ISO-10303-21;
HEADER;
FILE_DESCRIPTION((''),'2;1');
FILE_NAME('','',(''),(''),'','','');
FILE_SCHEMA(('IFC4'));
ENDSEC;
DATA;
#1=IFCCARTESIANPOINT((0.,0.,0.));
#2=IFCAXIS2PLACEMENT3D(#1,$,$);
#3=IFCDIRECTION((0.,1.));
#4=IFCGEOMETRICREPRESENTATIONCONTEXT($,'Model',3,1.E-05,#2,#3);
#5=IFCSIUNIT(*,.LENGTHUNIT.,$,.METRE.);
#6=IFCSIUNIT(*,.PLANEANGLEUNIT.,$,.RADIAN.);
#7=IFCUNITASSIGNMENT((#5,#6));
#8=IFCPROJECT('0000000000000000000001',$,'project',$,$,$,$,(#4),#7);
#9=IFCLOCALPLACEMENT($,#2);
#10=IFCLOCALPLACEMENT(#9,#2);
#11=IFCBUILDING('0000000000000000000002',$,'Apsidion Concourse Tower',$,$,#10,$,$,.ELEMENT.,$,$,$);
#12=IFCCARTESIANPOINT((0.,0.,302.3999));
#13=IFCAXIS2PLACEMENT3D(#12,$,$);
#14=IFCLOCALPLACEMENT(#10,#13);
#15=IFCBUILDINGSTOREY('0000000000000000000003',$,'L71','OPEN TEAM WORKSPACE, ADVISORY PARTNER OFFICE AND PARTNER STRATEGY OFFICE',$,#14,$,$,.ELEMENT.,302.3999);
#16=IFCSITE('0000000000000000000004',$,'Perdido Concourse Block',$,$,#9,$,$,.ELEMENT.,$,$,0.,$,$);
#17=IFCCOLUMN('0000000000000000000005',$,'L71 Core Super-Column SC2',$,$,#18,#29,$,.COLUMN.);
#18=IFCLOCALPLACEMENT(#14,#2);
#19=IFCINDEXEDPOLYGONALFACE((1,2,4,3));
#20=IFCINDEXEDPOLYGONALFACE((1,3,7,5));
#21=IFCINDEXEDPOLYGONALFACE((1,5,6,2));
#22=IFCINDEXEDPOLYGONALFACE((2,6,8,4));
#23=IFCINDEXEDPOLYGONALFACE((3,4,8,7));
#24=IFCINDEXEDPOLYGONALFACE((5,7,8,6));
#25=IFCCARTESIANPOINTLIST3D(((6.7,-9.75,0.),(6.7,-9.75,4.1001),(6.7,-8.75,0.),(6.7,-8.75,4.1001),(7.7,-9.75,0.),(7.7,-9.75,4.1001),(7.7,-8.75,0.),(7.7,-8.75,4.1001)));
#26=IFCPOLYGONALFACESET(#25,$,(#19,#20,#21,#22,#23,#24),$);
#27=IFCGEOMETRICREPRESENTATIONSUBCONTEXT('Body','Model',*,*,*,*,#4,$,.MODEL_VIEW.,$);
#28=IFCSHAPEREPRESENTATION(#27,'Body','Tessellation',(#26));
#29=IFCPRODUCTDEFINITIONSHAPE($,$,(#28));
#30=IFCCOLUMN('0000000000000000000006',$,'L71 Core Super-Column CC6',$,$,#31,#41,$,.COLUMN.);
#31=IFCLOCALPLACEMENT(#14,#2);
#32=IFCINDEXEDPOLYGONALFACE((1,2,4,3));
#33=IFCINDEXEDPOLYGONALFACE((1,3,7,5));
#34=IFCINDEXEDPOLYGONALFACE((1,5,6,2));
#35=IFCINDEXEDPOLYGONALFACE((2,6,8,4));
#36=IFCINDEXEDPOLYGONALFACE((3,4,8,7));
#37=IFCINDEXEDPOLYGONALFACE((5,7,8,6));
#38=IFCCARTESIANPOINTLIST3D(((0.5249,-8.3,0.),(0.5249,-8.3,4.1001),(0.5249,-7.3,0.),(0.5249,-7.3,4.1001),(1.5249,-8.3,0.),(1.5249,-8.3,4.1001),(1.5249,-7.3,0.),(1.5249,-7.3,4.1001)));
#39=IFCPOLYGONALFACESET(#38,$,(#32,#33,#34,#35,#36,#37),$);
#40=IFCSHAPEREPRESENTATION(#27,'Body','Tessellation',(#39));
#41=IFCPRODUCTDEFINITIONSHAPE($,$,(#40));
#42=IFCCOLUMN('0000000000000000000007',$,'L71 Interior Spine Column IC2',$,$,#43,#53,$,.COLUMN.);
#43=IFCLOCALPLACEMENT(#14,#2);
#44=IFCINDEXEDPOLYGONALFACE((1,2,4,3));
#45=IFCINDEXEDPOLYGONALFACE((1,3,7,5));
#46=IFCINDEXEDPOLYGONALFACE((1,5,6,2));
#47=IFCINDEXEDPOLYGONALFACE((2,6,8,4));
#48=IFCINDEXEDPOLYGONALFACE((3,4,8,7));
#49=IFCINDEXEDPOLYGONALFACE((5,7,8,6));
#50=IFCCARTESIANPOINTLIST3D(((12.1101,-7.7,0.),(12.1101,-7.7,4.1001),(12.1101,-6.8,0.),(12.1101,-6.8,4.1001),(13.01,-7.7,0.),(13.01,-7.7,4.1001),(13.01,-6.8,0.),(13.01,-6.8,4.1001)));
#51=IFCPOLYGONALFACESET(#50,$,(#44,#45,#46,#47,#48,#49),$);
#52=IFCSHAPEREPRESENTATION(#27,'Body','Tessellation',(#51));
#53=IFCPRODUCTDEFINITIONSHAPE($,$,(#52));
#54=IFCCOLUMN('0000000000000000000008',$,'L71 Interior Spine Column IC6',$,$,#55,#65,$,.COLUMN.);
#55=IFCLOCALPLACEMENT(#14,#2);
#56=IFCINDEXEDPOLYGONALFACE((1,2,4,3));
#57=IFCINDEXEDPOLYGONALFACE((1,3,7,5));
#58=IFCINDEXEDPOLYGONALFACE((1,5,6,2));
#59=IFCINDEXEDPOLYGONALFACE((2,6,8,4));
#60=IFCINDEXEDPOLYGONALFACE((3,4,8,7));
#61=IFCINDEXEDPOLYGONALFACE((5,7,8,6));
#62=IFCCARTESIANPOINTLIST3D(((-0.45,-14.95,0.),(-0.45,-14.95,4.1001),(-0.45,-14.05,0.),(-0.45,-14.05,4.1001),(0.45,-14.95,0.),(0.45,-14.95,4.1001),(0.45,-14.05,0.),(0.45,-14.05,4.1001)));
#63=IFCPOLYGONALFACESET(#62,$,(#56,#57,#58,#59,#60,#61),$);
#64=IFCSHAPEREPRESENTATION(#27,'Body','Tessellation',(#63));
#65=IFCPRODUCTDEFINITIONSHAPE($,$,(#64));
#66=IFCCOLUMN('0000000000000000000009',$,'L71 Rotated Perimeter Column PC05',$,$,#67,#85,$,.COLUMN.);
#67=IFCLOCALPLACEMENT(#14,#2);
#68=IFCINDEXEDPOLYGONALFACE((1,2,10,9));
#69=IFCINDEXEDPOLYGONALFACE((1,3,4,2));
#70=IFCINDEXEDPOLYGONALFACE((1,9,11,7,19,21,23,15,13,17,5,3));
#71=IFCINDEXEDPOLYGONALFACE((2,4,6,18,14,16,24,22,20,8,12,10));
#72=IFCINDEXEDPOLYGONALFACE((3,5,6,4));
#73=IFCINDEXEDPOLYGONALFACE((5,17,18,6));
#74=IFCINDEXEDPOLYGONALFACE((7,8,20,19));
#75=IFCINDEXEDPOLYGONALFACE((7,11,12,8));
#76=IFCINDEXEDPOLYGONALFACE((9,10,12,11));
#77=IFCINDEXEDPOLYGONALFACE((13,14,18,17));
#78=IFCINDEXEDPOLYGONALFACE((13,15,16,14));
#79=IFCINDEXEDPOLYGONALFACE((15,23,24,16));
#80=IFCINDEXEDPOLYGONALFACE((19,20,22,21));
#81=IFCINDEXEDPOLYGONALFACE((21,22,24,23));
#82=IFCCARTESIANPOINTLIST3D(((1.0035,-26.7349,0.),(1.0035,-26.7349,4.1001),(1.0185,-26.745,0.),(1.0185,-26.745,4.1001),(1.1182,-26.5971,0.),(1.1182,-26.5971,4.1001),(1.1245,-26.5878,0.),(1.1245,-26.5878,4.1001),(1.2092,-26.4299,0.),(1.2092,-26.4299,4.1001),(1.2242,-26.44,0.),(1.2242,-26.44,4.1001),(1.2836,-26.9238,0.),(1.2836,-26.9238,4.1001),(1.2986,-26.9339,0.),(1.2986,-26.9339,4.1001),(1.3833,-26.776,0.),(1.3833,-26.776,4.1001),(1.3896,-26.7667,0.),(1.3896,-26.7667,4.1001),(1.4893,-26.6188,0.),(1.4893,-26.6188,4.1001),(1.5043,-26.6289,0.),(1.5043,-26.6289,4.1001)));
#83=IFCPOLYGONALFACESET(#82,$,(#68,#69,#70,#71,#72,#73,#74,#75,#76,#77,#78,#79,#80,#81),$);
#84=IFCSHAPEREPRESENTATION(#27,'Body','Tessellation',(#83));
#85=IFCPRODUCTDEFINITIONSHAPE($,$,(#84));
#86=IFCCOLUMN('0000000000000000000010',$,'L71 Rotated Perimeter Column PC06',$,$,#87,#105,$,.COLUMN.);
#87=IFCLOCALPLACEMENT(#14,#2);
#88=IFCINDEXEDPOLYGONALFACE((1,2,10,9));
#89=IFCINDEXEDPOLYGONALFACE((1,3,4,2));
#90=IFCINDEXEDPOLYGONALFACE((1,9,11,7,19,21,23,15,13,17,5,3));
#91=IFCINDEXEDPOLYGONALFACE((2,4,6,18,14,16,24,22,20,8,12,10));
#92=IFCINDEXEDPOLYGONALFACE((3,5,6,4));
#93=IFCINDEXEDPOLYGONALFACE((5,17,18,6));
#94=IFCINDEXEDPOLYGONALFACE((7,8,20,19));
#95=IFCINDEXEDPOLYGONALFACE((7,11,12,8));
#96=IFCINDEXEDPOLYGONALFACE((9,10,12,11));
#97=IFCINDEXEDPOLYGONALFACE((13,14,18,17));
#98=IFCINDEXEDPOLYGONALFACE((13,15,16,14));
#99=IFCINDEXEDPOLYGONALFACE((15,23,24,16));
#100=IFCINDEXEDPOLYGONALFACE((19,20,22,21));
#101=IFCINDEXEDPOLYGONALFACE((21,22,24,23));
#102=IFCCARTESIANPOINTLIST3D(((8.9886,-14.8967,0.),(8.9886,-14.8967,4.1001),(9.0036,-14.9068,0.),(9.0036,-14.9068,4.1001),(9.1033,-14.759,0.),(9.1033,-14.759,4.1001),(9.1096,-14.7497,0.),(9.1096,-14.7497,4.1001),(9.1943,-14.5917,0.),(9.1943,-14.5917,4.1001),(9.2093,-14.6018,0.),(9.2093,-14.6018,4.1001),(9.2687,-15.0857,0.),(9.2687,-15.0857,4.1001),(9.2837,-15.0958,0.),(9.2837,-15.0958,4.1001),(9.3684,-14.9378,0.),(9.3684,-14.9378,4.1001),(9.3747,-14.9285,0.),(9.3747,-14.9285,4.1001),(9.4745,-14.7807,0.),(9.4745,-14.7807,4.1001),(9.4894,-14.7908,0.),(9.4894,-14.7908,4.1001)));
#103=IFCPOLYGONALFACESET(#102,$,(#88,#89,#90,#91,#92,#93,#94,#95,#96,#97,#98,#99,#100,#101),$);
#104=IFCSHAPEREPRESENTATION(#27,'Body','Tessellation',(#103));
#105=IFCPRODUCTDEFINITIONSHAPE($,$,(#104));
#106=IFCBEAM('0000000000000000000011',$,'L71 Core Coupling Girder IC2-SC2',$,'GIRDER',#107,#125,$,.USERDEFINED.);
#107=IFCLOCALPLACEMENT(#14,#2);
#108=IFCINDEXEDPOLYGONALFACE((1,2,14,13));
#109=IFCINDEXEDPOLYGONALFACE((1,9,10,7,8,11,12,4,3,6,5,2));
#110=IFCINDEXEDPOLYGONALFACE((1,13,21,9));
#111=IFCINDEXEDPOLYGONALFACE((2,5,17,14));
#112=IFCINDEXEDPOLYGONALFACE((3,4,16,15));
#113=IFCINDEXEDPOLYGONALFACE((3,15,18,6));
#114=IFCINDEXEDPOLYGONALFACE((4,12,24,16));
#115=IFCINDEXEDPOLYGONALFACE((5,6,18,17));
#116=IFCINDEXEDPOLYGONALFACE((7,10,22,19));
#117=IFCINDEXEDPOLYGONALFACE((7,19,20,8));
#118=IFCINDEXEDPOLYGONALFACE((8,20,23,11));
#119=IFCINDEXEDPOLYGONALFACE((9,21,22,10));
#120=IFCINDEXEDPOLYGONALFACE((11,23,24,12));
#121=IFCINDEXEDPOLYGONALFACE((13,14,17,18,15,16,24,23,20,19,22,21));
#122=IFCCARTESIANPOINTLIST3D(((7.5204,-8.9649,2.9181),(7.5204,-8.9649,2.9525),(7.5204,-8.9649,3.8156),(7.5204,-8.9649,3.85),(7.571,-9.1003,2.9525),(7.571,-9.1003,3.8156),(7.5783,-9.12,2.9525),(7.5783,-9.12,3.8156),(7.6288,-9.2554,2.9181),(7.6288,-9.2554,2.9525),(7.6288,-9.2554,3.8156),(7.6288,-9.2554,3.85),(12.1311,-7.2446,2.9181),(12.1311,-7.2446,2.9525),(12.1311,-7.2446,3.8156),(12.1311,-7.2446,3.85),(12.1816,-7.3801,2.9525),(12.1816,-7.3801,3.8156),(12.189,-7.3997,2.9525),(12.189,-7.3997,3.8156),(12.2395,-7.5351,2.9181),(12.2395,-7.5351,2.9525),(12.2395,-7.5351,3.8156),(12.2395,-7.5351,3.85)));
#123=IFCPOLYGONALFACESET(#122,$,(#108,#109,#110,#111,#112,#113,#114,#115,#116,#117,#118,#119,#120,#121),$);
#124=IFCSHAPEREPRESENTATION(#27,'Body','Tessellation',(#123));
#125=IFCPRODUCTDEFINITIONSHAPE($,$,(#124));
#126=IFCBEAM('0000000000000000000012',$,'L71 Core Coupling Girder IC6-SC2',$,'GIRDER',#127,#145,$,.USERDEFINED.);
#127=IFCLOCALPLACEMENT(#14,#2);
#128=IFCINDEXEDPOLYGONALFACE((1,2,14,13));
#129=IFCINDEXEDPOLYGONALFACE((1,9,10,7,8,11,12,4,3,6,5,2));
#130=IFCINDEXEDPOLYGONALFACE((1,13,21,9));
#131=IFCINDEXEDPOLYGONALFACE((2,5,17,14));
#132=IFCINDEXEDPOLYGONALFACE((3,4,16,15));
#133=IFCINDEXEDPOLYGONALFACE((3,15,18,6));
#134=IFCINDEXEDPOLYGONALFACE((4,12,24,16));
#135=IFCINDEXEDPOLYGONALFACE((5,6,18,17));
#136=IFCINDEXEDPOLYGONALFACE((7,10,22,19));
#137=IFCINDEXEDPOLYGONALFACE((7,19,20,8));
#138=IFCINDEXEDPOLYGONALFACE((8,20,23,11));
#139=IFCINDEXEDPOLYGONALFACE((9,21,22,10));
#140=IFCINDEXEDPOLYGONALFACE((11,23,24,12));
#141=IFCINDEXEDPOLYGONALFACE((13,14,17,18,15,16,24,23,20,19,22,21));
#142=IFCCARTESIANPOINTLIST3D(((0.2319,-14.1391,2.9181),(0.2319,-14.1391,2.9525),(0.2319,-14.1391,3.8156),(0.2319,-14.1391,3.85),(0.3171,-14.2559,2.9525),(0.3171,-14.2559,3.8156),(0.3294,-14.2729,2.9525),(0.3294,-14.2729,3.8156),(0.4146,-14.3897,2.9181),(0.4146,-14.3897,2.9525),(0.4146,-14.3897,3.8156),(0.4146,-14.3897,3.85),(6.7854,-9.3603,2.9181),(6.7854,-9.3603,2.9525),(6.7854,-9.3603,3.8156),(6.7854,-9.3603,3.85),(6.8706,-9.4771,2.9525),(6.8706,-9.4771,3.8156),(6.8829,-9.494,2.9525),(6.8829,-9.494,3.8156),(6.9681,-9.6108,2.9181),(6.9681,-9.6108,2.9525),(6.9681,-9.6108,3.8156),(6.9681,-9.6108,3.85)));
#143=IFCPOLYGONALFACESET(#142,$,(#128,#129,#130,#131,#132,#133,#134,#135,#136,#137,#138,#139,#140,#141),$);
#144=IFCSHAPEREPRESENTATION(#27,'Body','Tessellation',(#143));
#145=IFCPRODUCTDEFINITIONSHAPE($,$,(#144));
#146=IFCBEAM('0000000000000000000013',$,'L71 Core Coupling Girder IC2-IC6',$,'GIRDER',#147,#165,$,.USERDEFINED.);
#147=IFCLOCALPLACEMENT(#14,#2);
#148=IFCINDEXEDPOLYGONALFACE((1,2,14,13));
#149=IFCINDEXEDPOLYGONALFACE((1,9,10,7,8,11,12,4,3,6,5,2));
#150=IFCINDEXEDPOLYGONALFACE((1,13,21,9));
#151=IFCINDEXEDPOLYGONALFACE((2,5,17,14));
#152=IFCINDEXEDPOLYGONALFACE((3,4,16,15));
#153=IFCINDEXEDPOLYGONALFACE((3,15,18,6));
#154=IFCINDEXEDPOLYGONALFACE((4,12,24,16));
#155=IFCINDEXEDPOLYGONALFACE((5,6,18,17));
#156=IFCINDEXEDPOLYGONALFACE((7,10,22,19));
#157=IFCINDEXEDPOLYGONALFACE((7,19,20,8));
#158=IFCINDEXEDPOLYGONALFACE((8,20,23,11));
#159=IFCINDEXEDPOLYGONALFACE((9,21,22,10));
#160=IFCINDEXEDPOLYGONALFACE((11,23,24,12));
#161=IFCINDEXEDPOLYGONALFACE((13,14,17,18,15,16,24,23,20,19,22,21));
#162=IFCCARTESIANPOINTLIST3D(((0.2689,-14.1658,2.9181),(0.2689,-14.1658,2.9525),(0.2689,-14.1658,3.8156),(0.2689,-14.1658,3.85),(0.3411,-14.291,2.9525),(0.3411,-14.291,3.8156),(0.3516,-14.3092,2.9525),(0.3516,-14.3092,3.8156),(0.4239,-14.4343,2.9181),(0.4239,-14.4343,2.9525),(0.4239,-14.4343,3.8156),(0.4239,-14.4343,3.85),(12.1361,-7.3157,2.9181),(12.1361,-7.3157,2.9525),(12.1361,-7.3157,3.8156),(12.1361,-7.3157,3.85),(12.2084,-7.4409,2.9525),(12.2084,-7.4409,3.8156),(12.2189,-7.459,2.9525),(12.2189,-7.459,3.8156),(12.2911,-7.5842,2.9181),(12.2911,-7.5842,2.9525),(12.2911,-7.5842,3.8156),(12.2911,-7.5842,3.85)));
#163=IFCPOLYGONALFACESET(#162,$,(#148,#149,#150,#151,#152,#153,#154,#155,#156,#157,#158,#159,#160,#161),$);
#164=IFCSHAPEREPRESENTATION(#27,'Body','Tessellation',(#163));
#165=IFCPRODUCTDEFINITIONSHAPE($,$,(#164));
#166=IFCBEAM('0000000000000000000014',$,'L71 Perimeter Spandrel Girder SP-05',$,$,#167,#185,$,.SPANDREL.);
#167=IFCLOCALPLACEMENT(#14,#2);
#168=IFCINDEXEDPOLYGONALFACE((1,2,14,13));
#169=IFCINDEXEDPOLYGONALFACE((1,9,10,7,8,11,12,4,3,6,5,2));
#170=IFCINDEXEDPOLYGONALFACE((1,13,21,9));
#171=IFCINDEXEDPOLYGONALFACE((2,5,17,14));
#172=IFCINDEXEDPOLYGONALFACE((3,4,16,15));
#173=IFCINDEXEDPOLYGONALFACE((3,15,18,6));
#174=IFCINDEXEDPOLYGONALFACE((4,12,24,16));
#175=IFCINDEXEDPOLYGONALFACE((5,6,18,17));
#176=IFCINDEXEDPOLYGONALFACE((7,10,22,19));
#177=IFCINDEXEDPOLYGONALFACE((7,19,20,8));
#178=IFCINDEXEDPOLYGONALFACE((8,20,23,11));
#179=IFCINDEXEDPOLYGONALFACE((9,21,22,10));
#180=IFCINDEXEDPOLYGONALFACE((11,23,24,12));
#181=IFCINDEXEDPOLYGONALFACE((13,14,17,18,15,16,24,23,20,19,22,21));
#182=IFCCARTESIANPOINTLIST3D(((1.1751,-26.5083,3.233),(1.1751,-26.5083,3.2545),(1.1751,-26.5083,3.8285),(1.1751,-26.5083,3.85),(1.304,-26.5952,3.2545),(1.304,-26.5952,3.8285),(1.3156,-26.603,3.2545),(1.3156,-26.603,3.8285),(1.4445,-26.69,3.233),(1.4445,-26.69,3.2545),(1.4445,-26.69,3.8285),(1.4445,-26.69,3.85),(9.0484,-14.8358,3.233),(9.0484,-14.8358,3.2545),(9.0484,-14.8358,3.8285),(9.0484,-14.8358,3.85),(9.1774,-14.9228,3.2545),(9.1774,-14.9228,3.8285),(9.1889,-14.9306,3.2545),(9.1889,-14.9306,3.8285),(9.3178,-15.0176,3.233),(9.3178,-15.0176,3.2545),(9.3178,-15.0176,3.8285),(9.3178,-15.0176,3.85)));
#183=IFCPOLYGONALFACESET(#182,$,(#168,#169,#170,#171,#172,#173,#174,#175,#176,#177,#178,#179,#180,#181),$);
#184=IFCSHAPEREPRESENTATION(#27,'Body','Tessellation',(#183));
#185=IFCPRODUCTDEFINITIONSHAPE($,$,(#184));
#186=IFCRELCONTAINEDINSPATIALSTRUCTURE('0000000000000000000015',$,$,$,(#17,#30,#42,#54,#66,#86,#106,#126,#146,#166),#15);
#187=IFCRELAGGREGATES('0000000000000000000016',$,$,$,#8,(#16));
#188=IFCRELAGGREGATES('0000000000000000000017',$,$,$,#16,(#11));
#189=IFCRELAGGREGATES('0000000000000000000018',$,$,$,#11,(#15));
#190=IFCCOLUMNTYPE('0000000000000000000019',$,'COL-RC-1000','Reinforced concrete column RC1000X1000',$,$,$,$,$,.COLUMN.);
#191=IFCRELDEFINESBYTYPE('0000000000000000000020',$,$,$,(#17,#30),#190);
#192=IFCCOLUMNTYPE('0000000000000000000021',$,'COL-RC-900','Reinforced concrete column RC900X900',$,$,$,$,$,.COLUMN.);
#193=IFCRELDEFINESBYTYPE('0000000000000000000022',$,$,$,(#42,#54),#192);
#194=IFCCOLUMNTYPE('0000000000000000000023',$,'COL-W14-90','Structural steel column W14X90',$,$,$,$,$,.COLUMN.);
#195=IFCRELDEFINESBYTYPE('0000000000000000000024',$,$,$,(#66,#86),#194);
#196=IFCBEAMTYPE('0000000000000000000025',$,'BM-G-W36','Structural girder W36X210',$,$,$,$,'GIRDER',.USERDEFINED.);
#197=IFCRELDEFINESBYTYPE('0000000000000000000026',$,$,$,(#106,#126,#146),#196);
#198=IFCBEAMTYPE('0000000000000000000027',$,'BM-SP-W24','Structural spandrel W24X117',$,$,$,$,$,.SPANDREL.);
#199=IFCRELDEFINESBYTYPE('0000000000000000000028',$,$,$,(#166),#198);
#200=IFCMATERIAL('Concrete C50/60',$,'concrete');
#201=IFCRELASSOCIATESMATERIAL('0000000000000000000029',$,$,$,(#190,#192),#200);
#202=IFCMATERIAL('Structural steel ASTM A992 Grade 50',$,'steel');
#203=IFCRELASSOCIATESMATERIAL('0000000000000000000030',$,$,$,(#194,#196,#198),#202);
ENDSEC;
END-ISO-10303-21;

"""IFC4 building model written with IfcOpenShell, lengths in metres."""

from ifc_helpers import new_model, si_unit, direction, frame, origin, origin_2d, place, context, subcontext, project, spatial, rectangle, i_section, extrude, material, material_profile, profile_set, type_object, element, save


model = new_model("IFC4")

# Units and contexts
model_context = context("Model", 3, precision=1e-05, world=origin(), true_north=direction((0.0, 1.0)))
body_context = subcontext(model_context, "Body", "Model", "MODEL_VIEW")
ifc_project = project(units=[si_unit("LENGTHUNIT", "METRE"), si_unit("PLANEANGLEUNIT", "RADIAN")], contexts=[model_context])

# Site, building, storey
site_placement = place(None, origin())
site = spatial("IfcSite", under=ifc_project, at=site_placement, Name="Perdido Concourse Block", CompositionType="ELEMENT", RefElevation=0.0)
building_placement = place(site_placement, origin())
building = spatial("IfcBuilding", under=site, at=building_placement, Name="Apsidion Concourse Tower", CompositionType="ELEMENT")
storey_placement = place(building_placement, frame((0.0, 0.0, 302.3999)))
storey = spatial("IfcBuildingStorey", under=building, at=storey_placement, Name="L71", Description="OPEN TEAM WORKSPACE, ADVISORY PARTNER OFFICE AND PARTNER STRATEGY OFFICE", CompositionType="ELEMENT", Elevation=302.3999)

# Columns
ifc_material_1 = material(Name="Concrete C50/60", Category="concrete")
ifc_material_profile_1 = material_profile(ifc_material_1, rectangle(XDim=1.0, YDim=1.0, at=origin_2d()), Name="RC 1000x1000")
ifc_profile_set_1 = profile_set([ifc_material_profile_1], Name="Concrete C50/60")
column_type_1 = type_object("IfcColumnType", Name="COL-RC-1000", Description="Reinforced concrete column RC1000X1000", PredefinedType="COLUMN", material=ifc_profile_set_1)
for number, where, z_axis, x_axis, name in (
    (1, (7.2, -9.25, 0.0), (0.0, 0.0, 1.0), (1.0, 0.0, 0.0), "L71 Core Super-Column SC2"),
    (2, (1.0249, -7.8, 0.0), (0.0, 0.0, 1.0), (1.0, 0.0, 0.0), "L71 Core Super-Column CC6"),
):
    element("IfcColumn", number, at=place(storey_placement, frame(where, z_axis=z_axis, x_axis=x_axis)), inside=storey, type_object=column_type_1, Name=name, PredefinedType="COLUMN", context=body_context, shape_type="SweptSolid", body=[
        extrude(rectangle(XDim=1.0, YDim=1.0, at=origin_2d()), origin(), (0.0, 0.0, 1.0), 4.1001),
    ])
ifc_material_profile_2 = material_profile(ifc_material_1, rectangle(XDim=0.8999, YDim=0.8999, at=origin_2d()), Name="RC 900x900")
ifc_profile_set_2 = profile_set([ifc_material_profile_2], Name="Concrete C50/60")
column_type_2 = type_object("IfcColumnType", Name="COL-RC-900", Description="Reinforced concrete column RC900X900", PredefinedType="COLUMN", material=ifc_profile_set_2)
for number, where, z_axis, x_axis, name in (
    (3, (12.5601, -7.25, 0.0), (0.0, 0.0, 1.0), (1.0, 0.0, 0.0), "L71 Interior Spine Column IC2"),
    (4, (0.0, -14.5, 0.0), (0.0, 0.0, 1.0), (1.0, 0.0, 0.0), "L71 Interior Spine Column IC6"),
):
    element("IfcColumn", number, at=place(storey_placement, frame(where, z_axis=z_axis, x_axis=x_axis)), inside=storey, type_object=column_type_2, Name=name, PredefinedType="COLUMN", context=body_context, shape_type="SweptSolid", body=[
        extrude(rectangle(XDim=0.8999, YDim=0.8999, at=origin_2d()), origin(), (0.0, 0.0, 1.0), 4.1001),
    ])
ifc_material_2 = material(Name="Structural steel ASTM A992 Grade 50", Category="steel")
ifc_material_profile_3 = material_profile(ifc_material_2, i_section(OverallWidth=0.3679, OverallDepth=0.356, WebThickness=0.0112, FlangeThickness=0.0181, at=origin_2d()), Name="W14X90")
ifc_profile_set_3 = profile_set([ifc_material_profile_3], Name="Structural steel ASTM A992 Grade 50")
column_type_3 = type_object("IfcColumnType", Name="COL-W14-90", Description="Structural steel column W14X90", PredefinedType="COLUMN", material=ifc_profile_set_3)
for number, where, z_axis, x_axis, name in (
    (5, (1.2539, -26.6819, 0.0), (0.0, 0.0, 1.0), (0.559193, 0.829038, 0.0), "L71 Rotated Perimeter Column PC05"),
    (6, (9.239, -14.8438, 0.0), (0.0, 0.0, 1.0), (0.559193, 0.829038, 0.0), "L71 Rotated Perimeter Column PC06"),
):
    element("IfcColumn", number, at=place(storey_placement, frame(where, z_axis=z_axis, x_axis=x_axis)), inside=storey, type_object=column_type_3, Name=name, PredefinedType="COLUMN", context=body_context, shape_type="SweptSolid", body=[
        extrude(i_section(OverallWidth=0.3679, OverallDepth=0.356, WebThickness=0.0112, FlangeThickness=0.0181, at=origin_2d()), origin(), (0.0, 0.0, 1.0), 4.1001),
    ])

# Beams
ifc_material_profile_4 = material_profile(ifc_material_2, i_section(OverallWidth=0.3101, OverallDepth=0.9319, WebThickness=0.021, FlangeThickness=0.0344, at=origin_2d()), Name="W36X210")
ifc_profile_set_4 = profile_set([ifc_material_profile_4], Name="Structural steel ASTM A992 Grade 50")
beam_type_1 = type_object("IfcBeamType", Name="BM-G-W36", Description="Structural girder W36X210", ElementType="GIRDER", PredefinedType="USERDEFINED", material=ifc_profile_set_4)
beam_1_placement = place(storey_placement, frame((12.1853, -7.3899, 3.384), z_axis=(-0.936913, -0.349563, 0.0), x_axis=(0.349563, -0.936913, 0.0)))
element("IfcBeam", 7, at=beam_1_placement, inside=storey, type_object=beam_type_1, Name="L71 Core Coupling Girder IC2-SC2", ObjectType="GIRDER", PredefinedType="USERDEFINED", context=body_context, shape_type="SweptSolid", body=[
    extrude(i_section(OverallWidth=0.3101, OverallDepth=0.9319, WebThickness=0.021, FlangeThickness=0.0344, at=origin_2d()), origin(), (0.0, 0.0, 1.0), 4.9211),
])
beam_2_placement = place(storey_placement, frame((0.3232, -14.2644, 3.384), z_axis=(0.807993, 0.589191, 0.0), x_axis=(-0.589191, 0.807993, 0.0)))
element("IfcBeam", 8, at=beam_2_placement, inside=storey, type_object=beam_type_1, Name="L71 Core Coupling Girder IC6-SC2", ObjectType="GIRDER", PredefinedType="USERDEFINED", context=body_context, shape_type="SweptSolid", body=[
    extrude(i_section(OverallWidth=0.3101, OverallDepth=0.9319, WebThickness=0.021, FlangeThickness=0.0344, at=origin_2d()), origin(), (0.0, 0.0, 1.0), 8.1108),
])
beam_3_placement = place(storey_placement, frame((12.2136, -7.45, 3.384), z_axis=(-0.86607, -0.499922, 0.0), x_axis=(0.499922, -0.86607, 0.0)))
element("IfcBeam", 9, at=beam_3_placement, inside=storey, type_object=beam_type_1, Name="L71 Core Coupling Girder IC2-IC6", ObjectType="GIRDER", PredefinedType="USERDEFINED", context=body_context, shape_type="SweptSolid", body=[
    extrude(i_section(OverallWidth=0.3101, OverallDepth=0.9319, WebThickness=0.021, FlangeThickness=0.0344, at=origin_2d()), origin(), (0.0, 0.0, 1.0), 13.7024),
])
ifc_material_profile_5 = material_profile(ifc_material_2, i_section(OverallWidth=0.325, OverallDepth=0.6169, WebThickness=0.0139, FlangeThickness=0.0215, at=origin_2d()), Name="W24X117")
ifc_profile_set_5 = profile_set([ifc_material_profile_5], Name="Structural steel ASTM A992 Grade 50")
beam_type_2 = type_object("IfcBeamType", Name="BM-SP-W24", Description="Structural spandrel W24X117", PredefinedType="SPANDREL", material=ifc_profile_set_5)
beam_4_placement = place(storey_placement, frame((1.3098, -26.5991, 3.5415), z_axis=(0.559202, 0.829032, 0.0), x_axis=(-0.829032, 0.559202, 0.0)))
element("IfcBeam", 10, at=beam_4_placement, inside=storey, type_object=beam_type_2, Name="L71 Perimeter Spandrel Girder SP-05", PredefinedType="SPANDREL", context=body_context, shape_type="SweptSolid", body=[
    extrude(i_section(OverallWidth=0.325, OverallDepth=0.6169, WebThickness=0.0139, FlangeThickness=0.0215, at=origin_2d()), origin(), (0.0, 0.0, 1.0), 14.0796),
])

save(model, "model.ifc")
